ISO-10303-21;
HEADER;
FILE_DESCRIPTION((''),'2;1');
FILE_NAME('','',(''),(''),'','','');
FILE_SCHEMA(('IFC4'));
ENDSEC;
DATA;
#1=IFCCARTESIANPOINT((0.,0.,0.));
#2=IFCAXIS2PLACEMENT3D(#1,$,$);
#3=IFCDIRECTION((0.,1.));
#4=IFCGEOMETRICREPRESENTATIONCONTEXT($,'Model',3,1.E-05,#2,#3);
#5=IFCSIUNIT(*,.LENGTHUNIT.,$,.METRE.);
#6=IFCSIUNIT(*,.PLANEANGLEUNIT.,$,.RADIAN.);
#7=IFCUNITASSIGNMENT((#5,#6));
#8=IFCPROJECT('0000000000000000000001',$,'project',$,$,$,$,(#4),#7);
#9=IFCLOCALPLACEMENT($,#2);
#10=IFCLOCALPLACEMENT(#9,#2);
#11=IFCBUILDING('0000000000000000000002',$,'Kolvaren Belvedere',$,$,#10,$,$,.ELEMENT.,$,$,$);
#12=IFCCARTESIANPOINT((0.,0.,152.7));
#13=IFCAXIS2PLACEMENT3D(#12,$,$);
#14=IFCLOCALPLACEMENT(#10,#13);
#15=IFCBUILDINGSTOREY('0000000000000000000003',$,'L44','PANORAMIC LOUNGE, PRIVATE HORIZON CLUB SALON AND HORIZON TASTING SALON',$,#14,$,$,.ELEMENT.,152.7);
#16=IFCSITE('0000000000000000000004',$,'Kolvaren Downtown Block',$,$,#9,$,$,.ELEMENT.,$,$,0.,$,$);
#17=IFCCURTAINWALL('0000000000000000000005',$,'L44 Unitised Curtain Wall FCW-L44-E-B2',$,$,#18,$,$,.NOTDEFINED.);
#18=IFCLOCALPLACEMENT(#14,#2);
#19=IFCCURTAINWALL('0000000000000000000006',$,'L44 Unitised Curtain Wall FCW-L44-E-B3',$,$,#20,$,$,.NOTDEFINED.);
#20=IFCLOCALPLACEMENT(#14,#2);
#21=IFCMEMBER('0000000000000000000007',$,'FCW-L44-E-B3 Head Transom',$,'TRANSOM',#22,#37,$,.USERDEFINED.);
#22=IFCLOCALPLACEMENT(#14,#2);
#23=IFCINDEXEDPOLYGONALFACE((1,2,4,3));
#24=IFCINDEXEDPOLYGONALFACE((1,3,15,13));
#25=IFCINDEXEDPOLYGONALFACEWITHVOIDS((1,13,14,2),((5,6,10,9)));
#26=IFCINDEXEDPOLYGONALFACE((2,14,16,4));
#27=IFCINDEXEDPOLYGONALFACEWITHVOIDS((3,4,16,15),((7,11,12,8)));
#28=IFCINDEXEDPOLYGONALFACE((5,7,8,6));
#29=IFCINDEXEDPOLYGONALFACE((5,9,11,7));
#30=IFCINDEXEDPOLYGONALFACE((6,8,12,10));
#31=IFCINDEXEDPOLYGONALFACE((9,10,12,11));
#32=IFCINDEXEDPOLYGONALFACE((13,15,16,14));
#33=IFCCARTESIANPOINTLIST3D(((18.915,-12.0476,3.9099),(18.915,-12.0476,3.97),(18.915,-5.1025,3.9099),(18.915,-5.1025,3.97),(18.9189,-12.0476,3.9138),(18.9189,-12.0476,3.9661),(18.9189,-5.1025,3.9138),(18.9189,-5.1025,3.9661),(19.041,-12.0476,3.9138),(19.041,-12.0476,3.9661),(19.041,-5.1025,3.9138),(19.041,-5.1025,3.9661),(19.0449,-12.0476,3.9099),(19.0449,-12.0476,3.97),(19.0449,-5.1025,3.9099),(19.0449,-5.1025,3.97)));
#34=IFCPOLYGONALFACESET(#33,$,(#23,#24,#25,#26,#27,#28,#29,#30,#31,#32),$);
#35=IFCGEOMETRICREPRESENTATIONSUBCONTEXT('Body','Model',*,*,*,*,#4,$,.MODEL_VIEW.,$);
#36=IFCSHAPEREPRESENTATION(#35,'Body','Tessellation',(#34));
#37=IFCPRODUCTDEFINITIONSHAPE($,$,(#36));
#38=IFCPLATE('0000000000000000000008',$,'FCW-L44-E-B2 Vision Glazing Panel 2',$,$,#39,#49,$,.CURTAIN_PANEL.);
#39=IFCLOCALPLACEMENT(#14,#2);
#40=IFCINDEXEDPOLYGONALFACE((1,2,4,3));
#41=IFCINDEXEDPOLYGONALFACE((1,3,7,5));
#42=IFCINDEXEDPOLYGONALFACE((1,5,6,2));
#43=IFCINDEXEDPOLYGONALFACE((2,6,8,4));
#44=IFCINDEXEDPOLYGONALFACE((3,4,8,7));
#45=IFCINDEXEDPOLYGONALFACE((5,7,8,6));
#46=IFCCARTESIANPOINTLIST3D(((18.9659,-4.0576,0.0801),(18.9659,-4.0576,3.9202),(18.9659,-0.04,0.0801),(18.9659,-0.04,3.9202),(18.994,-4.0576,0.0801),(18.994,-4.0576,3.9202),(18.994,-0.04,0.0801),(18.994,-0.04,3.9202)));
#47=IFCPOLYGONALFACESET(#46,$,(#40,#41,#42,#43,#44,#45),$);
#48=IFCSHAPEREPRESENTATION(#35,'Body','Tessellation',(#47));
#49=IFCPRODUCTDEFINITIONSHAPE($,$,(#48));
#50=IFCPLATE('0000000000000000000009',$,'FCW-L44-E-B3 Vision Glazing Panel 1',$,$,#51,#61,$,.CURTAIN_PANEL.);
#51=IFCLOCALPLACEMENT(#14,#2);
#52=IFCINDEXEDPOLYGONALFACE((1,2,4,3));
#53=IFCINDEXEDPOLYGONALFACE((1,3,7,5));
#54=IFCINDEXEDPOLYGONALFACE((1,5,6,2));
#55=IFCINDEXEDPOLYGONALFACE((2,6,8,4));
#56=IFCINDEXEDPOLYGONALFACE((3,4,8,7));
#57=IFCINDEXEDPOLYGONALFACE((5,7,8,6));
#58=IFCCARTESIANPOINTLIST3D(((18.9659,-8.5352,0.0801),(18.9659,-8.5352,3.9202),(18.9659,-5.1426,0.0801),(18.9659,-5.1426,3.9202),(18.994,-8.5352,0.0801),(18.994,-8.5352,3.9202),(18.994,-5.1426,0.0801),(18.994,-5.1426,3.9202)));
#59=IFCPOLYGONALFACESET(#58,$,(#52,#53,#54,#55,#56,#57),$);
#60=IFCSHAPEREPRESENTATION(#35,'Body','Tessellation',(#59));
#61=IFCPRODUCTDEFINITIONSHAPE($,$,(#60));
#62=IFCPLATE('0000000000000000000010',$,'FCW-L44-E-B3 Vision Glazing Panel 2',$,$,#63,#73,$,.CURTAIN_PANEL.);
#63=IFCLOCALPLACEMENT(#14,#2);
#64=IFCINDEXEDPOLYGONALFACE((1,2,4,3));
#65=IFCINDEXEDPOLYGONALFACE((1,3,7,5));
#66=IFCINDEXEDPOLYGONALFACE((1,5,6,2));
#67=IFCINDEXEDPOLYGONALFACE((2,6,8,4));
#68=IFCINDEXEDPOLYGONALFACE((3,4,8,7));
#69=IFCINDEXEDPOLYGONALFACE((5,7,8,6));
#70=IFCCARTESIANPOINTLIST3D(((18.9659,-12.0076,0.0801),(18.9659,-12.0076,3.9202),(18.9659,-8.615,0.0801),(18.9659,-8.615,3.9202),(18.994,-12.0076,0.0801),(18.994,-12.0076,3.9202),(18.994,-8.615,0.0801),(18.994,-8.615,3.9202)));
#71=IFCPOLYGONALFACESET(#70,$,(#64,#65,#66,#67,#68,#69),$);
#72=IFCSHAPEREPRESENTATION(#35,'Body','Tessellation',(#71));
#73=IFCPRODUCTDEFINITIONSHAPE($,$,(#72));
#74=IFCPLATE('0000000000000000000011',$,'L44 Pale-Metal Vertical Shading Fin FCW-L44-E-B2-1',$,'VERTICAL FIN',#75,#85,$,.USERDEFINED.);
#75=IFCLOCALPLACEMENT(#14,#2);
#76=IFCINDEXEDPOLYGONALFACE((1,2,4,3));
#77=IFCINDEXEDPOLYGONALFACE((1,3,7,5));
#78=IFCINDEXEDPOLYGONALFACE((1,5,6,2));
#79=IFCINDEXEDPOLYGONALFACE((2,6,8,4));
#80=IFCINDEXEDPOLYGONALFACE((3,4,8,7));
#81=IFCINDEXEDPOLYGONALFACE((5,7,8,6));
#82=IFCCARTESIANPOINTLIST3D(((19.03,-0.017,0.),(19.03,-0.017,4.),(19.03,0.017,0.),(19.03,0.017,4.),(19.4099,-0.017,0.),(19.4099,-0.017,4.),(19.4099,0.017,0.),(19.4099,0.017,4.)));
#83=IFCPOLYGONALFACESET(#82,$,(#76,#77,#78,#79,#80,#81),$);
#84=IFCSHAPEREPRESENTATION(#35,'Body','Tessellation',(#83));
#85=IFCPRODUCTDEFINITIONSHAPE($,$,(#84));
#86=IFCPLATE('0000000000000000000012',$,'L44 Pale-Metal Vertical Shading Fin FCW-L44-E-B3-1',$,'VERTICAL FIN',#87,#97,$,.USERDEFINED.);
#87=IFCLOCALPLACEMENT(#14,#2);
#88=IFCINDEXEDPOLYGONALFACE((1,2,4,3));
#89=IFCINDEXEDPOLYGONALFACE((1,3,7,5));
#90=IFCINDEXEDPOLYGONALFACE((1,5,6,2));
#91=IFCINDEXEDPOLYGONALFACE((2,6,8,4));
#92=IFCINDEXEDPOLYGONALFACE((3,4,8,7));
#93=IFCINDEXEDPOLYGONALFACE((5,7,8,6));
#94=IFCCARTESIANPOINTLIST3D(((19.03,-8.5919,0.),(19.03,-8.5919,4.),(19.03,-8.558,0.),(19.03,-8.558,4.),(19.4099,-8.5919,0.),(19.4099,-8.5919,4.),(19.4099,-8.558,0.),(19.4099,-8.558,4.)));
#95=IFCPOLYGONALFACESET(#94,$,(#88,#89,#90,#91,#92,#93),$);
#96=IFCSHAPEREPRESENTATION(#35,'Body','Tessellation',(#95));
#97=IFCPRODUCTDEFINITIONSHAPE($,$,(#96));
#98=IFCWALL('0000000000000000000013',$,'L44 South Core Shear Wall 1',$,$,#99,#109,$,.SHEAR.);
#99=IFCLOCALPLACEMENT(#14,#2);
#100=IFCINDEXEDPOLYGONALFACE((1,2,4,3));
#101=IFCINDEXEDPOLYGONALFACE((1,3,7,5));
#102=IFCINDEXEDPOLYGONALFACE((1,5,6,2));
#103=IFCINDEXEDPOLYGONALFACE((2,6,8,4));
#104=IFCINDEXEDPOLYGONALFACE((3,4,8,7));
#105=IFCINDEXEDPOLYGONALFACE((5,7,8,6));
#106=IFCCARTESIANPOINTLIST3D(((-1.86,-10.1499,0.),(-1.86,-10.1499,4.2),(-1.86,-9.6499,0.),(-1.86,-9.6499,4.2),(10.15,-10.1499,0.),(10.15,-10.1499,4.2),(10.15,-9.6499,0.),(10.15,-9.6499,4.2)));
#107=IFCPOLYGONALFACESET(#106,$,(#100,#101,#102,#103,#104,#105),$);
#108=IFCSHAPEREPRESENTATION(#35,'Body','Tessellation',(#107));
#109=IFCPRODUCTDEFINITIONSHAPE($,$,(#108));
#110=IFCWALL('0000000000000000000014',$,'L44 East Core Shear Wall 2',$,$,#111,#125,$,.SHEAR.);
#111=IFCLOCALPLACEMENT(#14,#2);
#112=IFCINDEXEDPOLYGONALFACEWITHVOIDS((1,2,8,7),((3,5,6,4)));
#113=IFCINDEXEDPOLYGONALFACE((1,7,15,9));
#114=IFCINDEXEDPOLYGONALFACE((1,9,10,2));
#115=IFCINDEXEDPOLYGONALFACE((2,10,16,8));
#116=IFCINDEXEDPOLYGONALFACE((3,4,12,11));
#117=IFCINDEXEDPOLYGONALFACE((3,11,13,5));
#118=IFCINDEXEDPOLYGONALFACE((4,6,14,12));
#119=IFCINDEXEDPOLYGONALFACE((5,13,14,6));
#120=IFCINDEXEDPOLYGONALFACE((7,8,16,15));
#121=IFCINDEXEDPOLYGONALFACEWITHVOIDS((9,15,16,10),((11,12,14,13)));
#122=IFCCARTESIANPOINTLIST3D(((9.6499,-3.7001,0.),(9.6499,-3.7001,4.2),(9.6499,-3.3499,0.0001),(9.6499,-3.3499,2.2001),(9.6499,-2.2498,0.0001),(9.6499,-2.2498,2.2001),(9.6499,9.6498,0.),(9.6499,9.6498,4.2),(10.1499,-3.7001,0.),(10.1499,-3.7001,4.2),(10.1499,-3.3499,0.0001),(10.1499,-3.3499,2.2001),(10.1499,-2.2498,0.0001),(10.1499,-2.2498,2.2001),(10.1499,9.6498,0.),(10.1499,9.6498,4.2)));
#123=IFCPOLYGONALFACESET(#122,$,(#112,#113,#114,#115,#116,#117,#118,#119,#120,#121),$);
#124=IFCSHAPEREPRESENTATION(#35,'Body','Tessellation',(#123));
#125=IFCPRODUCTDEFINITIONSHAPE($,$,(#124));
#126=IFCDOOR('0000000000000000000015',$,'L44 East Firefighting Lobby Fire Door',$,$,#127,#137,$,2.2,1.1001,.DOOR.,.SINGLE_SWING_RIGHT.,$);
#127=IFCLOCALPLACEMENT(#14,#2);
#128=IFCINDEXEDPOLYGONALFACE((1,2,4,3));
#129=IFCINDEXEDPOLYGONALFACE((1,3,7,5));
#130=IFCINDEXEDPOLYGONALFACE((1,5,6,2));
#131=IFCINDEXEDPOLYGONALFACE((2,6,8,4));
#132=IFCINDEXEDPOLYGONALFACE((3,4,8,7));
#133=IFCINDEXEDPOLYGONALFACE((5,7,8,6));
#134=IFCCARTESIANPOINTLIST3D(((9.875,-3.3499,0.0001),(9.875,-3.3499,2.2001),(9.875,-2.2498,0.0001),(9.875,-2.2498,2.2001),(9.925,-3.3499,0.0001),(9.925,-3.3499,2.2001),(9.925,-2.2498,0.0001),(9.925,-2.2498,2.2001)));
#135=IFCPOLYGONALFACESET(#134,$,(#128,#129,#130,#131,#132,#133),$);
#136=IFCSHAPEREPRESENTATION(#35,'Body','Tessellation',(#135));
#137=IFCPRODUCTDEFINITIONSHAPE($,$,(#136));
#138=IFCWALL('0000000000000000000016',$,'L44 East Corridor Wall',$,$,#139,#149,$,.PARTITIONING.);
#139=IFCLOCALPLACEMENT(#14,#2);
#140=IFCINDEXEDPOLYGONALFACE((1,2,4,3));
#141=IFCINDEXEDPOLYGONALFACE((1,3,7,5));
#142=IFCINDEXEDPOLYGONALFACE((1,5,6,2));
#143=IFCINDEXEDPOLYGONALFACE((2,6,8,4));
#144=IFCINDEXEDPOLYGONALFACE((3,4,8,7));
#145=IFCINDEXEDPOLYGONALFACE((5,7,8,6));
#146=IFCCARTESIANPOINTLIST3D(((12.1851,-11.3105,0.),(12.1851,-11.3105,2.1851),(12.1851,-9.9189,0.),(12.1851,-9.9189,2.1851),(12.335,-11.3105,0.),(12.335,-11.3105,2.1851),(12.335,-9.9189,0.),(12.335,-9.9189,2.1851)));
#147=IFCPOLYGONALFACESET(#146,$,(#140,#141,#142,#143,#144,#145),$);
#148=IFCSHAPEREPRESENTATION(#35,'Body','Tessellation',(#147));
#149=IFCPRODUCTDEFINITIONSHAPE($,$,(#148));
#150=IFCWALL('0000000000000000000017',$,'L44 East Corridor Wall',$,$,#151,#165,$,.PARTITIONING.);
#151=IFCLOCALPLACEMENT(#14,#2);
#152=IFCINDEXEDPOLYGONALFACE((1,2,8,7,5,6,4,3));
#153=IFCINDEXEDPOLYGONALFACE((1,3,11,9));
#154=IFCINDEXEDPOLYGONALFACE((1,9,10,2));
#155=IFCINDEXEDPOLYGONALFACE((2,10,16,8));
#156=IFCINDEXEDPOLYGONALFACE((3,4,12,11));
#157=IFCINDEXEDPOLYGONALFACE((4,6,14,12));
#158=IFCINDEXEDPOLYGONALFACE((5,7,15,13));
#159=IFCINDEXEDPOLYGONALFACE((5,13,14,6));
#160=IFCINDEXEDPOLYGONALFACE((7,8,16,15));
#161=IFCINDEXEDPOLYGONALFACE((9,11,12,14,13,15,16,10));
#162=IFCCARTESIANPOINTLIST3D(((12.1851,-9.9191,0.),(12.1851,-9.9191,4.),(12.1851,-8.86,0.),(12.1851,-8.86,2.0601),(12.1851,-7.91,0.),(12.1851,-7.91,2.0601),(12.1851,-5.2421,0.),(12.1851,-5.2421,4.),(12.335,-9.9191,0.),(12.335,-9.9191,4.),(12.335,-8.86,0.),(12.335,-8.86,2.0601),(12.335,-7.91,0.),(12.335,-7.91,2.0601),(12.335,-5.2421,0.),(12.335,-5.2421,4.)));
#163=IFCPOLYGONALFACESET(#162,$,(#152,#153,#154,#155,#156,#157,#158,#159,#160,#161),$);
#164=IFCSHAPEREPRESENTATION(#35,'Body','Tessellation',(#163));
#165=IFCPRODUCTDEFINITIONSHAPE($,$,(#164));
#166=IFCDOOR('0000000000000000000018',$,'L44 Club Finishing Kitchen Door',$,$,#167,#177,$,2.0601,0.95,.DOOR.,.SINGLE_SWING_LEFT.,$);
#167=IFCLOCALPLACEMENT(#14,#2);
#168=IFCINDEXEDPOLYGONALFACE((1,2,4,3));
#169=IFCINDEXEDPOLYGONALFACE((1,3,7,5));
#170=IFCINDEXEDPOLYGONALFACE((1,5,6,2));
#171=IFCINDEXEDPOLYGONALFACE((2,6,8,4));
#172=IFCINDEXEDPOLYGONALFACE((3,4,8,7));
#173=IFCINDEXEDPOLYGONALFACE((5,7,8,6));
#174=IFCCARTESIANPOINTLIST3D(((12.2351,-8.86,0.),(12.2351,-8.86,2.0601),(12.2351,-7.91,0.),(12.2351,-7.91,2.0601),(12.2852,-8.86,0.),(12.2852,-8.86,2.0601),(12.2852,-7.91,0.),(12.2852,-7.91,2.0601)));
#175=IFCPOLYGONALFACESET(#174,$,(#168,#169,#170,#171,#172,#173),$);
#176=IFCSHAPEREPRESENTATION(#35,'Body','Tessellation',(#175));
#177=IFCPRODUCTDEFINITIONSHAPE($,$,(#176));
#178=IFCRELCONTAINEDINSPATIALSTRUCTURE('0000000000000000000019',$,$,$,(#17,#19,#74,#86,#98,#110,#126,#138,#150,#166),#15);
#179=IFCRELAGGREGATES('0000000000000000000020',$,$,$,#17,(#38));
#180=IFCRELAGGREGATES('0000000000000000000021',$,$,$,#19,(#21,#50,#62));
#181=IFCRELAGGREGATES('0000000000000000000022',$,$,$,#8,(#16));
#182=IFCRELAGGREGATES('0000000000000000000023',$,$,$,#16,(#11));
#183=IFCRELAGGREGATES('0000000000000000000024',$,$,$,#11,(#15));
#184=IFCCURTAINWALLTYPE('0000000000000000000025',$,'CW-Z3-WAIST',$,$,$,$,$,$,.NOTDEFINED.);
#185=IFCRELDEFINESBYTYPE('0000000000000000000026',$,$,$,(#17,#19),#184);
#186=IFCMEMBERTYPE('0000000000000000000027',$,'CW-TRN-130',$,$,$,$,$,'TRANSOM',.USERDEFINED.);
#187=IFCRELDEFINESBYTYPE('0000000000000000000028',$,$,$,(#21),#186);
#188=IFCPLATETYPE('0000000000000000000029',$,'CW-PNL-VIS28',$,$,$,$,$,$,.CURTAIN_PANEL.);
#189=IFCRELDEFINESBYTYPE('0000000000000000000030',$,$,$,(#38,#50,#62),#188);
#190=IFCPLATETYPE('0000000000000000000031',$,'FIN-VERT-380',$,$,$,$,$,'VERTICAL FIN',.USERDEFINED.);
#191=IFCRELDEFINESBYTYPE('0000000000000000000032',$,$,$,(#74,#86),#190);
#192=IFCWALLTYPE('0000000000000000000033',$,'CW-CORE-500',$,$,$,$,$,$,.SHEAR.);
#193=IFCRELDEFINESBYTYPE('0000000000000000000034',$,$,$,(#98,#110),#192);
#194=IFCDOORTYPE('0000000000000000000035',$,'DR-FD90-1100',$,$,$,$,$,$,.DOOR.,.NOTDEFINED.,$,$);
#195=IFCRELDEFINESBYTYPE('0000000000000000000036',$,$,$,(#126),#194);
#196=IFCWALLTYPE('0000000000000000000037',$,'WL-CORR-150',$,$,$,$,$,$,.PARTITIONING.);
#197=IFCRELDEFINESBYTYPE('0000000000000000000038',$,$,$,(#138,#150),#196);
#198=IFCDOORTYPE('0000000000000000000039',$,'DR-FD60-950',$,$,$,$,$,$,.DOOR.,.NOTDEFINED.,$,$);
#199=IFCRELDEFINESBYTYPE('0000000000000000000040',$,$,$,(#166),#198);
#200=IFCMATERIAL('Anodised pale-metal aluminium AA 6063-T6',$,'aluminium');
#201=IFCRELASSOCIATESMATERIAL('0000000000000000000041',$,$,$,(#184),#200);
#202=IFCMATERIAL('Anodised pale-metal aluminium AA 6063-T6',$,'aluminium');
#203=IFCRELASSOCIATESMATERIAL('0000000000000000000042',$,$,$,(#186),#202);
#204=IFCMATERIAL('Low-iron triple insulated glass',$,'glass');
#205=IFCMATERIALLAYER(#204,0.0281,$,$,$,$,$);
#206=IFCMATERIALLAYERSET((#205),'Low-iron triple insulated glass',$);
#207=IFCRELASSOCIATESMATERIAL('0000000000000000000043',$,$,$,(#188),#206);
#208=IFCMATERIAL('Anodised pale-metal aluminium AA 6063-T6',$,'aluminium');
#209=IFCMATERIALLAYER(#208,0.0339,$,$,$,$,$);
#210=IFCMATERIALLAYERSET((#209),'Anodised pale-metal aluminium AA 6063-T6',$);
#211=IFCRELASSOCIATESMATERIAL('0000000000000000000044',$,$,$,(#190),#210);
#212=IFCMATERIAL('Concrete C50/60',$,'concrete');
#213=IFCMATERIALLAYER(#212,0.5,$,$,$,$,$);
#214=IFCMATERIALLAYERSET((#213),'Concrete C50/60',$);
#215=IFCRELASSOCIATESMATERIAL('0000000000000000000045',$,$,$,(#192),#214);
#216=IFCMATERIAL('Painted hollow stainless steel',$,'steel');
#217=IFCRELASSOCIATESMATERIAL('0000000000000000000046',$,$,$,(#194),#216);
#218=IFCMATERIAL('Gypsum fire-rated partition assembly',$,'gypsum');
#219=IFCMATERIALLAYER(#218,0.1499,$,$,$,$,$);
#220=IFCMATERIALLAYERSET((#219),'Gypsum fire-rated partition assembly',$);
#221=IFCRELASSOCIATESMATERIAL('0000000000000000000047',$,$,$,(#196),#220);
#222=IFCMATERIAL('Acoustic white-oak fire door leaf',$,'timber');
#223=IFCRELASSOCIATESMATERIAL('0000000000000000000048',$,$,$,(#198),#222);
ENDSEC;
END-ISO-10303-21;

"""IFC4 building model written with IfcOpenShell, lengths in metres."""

from ifc_helpers import new_model, si_unit, direction, frame, frame_2d, origin, origin_2d, place, context, subcontext, project, spatial, rectangle, hollow_rectangle, extrude, material, layer, layer_set, material_profile, profile_set, type_object, element, fill, aggregate, save


model = new_model("IFC4")

# Units and contexts
model_context = context("Model", 3, precision=1e-05, world=origin(), true_north=direction((0.0, 1.0)))
body_context = subcontext(model_context, "Body", "Model", "MODEL_VIEW")
ifc_project = project(units=[si_unit("LENGTHUNIT", "METRE"), si_unit("PLANEANGLEUNIT", "RADIAN")], contexts=[model_context])

# Site, building, storey
site_placement = place(None, origin())
site = spatial("IfcSite", under=ifc_project, at=site_placement, Name="Kolvaren Downtown Block", CompositionType="ELEMENT", RefElevation=0.0)
building_placement = place(site_placement, origin())
building = spatial("IfcBuilding", under=site, at=building_placement, Name="Kolvaren Belvedere", CompositionType="ELEMENT")
storey_placement = place(building_placement, frame((0.0, 0.0, 152.7)))
storey = spatial("IfcBuildingStorey", under=building, at=storey_placement, Name="L44", Description="PANORAMIC LOUNGE, PRIVATE HORIZON CLUB SALON AND HORIZON TASTING SALON", CompositionType="ELEMENT", Elevation=152.7)

# Curtain walls, member
ifc_material_1 = material(Name="Anodised pale-metal aluminium AA 6063-T6", Category="aluminium")
curtain_wall_type = type_object("IfcCurtainWallType", Name="CW-Z3-WAIST", PredefinedType="NOTDEFINED", material=ifc_material_1)
curtain_wall_1_placement = place(storey_placement, origin())
curtain_wall_1 = element("IfcCurtainWall", 1, at=curtain_wall_1_placement, inside=storey, type_object=curtain_wall_type, Name="L44 Unitised Curtain Wall FCW-L44-E-B2", PredefinedType="NOTDEFINED")
curtain_wall_2_placement = place(storey_placement, origin())
curtain_wall_2 = element("IfcCurtainWall", 2, at=curtain_wall_2_placement, inside=storey, type_object=curtain_wall_type, Name="L44 Unitised Curtain Wall FCW-L44-E-B3", PredefinedType="NOTDEFINED")
ifc_material_2 = material(Name="Anodised pale-metal aluminium AA 6063-T6", Category="aluminium")
ifc_material_profile_1 = material_profile(ifc_material_2, hollow_rectangle(XDim=0.0601, YDim=0.1299, WallThickness=0.0039, at=origin_2d()), Name="ALU-TRN-130X60")
ifc_profile_set_1 = profile_set([ifc_material_profile_1], Name="Anodised pale-metal aluminium AA 6063-T6")
member_type_1 = type_object("IfcMemberType", Name="CW-TRN-130", ElementType="TRANSOM", PredefinedType="USERDEFINED", material=ifc_profile_set_1)
member_1_placement = place(storey_placement, frame((18.98, -5.1025, 3.9399), z_axis=(0.0, -1.0, 0.0), x_axis=(0.0, 0.0, 1.0)))
member_1 = element("IfcMember", 3, at=member_1_placement, type_object=member_type_1, Name="FCW-L44-E-B3 Head Transom", ObjectType="TRANSOM", PredefinedType="USERDEFINED", context=body_context, shape_type="SweptSolid", body=[
    extrude(hollow_rectangle(XDim=0.0601, YDim=0.1299, WallThickness=0.0039, at=origin_2d()), origin(), (0.0, 0.0, 1.0), 6.9451),
])

# Plates
ifc_material_3 = material(Name="Low-iron triple insulated glass", Category="glass")
ifc_layer_1 = layer(ifc_material_3, 0.0281)
ifc_layer_set_1 = layer_set([ifc_layer_1], Name="Low-iron triple insulated glass")
plate_type_1 = type_object("IfcPlateType", Name="CW-PNL-VIS28", PredefinedType="CURTAIN_PANEL", material=ifc_layer_set_1)
plate_1_placement = place(storey_placement, frame((18.98, -2.0488, 0.0801), z_axis=(0.0, 0.0, 1.0), x_axis=(0.0, -1.0, 0.0)))
plate_1 = element("IfcPlate", 4, at=plate_1_placement, type_object=plate_type_1, Name="FCW-L44-E-B2 Vision Glazing Panel 2", PredefinedType="CURTAIN_PANEL", context=body_context, shape_type="SweptSolid", body=[
    extrude(rectangle(XDim=4.0176, YDim=0.0281, at=origin_2d()), origin(), (0.0, 0.0, 1.0), 3.8401),
])
aggregate(curtain_wall_1, [plate_1])
plate_2_placement = place(storey_placement, frame((18.98, -6.8389, 0.0801), z_axis=(0.0, 0.0, 1.0), x_axis=(0.0, -1.0, 0.0)))
plate_2 = element("IfcPlate", 5, at=plate_2_placement, type_object=plate_type_1, Name="FCW-L44-E-B3 Vision Glazing Panel 1", PredefinedType="CURTAIN_PANEL", context=body_context, shape_type="SweptSolid", body=[
    extrude(rectangle(XDim=3.3926, YDim=0.0281, at=origin_2d()), origin(), (0.0, 0.0, 1.0), 3.8401),
])
plate_3_placement = place(storey_placement, frame((18.98, -10.3113, 0.0801), z_axis=(0.0, 0.0, 1.0), x_axis=(0.0, -1.0, 0.0)))
plate_3 = element("IfcPlate", 6, at=plate_3_placement, type_object=plate_type_1, Name="FCW-L44-E-B3 Vision Glazing Panel 2", PredefinedType="CURTAIN_PANEL", context=body_context, shape_type="SweptSolid", body=[
    extrude(rectangle(XDim=3.3926, YDim=0.0281, at=origin_2d()), origin(), (0.0, 0.0, 1.0), 3.8401),
])
aggregate(curtain_wall_2, [member_1, plate_2, plate_3])

# Plates
ifc_material_4 = material(Name="Anodised pale-metal aluminium AA 6063-T6", Category="aluminium")
ifc_layer_2 = layer(ifc_material_4, 0.0339)
ifc_layer_set_2 = layer_set([ifc_layer_2], Name="Anodised pale-metal aluminium AA 6063-T6")
plate_type_2 = type_object("IfcPlateType", Name="FIN-VERT-380", ElementType="VERTICAL FIN", PredefinedType="USERDEFINED", material=ifc_layer_set_2)
for number, where, z_axis, x_axis, name in (
    (7, (19.22, 0.0, 0.0), (0.0, 0.0, 1.0), (1.0, 0.0, 0.0), "L44 Pale-Metal Vertical Shading Fin FCW-L44-E-B2-1"),
    (8, (19.22, -8.575, 0.0), (0.0, 0.0, 1.0), (1.0, 0.0, 0.0), "L44 Pale-Metal Vertical Shading Fin FCW-L44-E-B3-1"),
):
    element("IfcPlate", number, at=place(storey_placement, frame(where, z_axis=z_axis, x_axis=x_axis)), inside=storey, type_object=plate_type_2, Name=name, ObjectType="VERTICAL FIN", PredefinedType="USERDEFINED", context=body_context, shape_type="SweptSolid", body=[
        extrude(rectangle(XDim=0.3799, YDim=0.0339, at=origin_2d()), origin(), (0.0, 0.0, 1.0), 4.0),
    ])

# Wall
ifc_material_5 = material(Name="Concrete C50/60", Category="concrete")
ifc_layer_3 = layer(ifc_material_5, 0.5)
ifc_layer_set_3 = layer_set([ifc_layer_3], Name="Concrete C50/60")
wall_type_1 = type_object("IfcWallType", Name="CW-CORE-500", PredefinedType="SHEAR", material=ifc_layer_set_3)
wall_1_placement = place(storey_placement, frame((10.1499, -9.8999, 0.0), z_axis=(0.0, 0.0, 1.0), x_axis=(-1.0, 0.0, 0.0)))
element("IfcWall", 9, at=wall_1_placement, inside=storey, type_object=wall_type_1, Name="L44 South Core Shear Wall 1", PredefinedType="SHEAR", context=body_context, shape_type="SweptSolid", body=[
    extrude(rectangle(XDim=12.01, YDim=0.5, at=frame_2d((6.0049, 0.0))), origin(), (0.0, 0.0, 1.0), 4.2),
])

# Wall, opening, door
wall_2_placement = place(storey_placement, frame((9.8999, -3.7, 0.0), z_axis=(0.0, 0.0, 1.0), x_axis=(0.0, 1.0, 0.0)))
wall_2 = element("IfcWall", 10, at=wall_2_placement, inside=storey, type_object=wall_type_1, Name="L44 East Core Shear Wall 2", PredefinedType="SHEAR", context=body_context, shape_type="SweptSolid", body=[
    extrude(rectangle(XDim=13.3499, YDim=0.5, at=frame_2d((6.6748, 0.0))), origin(), (0.0, 0.0, 1.0), 4.2),
])
opening_1_placement = place(wall_2_placement, frame((0.3501, 0.0, 0.0)))
opening_1 = element("IfcOpeningElement", 11, at=opening_1_placement, cuts=wall_2, PredefinedType="OPENING", context=body_context, shape_type="SweptSolid", body=[
    extrude(rectangle(XDim=1.1001, YDim=2.2, at=frame_2d((0.55, 1.1001))), frame((0.0, 0.26, 0.0), z_axis=(0.0, -1.0, 0.0), x_axis=(1.0, 0.0, 0.0)), (0.0, 0.0, 1.0), 0.52),
])
ifc_material_6 = material(Name="Painted hollow stainless steel", Category="steel")
door_type_1 = type_object("IfcDoorType", Name="DR-FD90-1100", OperationType="NOTDEFINED", PredefinedType="DOOR", material=ifc_material_6)
door_1_placement = place(opening_1_placement, origin())
door_1 = element("IfcDoor", 12, at=door_1_placement, inside=storey, type_object=door_type_1, Name="L44 East Firefighting Lobby Fire Door", OperationType="SINGLE_SWING_RIGHT", OverallHeight=2.2, OverallWidth=1.1001, PredefinedType="DOOR", context=body_context, shape_type="SweptSolid", body=[
    extrude(rectangle(XDim=1.1001, YDim=2.2, at=frame_2d((0.55, 1.1001))), frame((0.0, 0.0249, 0.0), z_axis=(0.0, -1.0, 0.0), x_axis=(1.0, 0.0, 0.0)), (0.0, 0.0, 1.0), 0.05),
])
fill(opening_1, door_1)

# Wall
ifc_material_7 = material(Name="Gypsum fire-rated partition assembly", Category="gypsum")
ifc_layer_4 = layer(ifc_material_7, 0.1499)
ifc_layer_set_4 = layer_set([ifc_layer_4], Name="Gypsum fire-rated partition assembly")
wall_type_2 = type_object("IfcWallType", Name="WL-CORR-150", PredefinedType="PARTITIONING", material=ifc_layer_set_4)
wall_3_placement = place(storey_placement, frame((12.26, -11.3105, 0.0), z_axis=(0.0, 0.0, 1.0), x_axis=(0.0, 1.0, 0.0)))
element("IfcWall", 13, at=wall_3_placement, inside=storey, type_object=wall_type_2, Name="L44 East Corridor Wall", PredefinedType="PARTITIONING", context=body_context, shape_type="SweptSolid", body=[
    extrude(rectangle(XDim=1.3916, YDim=0.1499, at=frame_2d((0.6958, 0.0))), origin(), (0.0, 0.0, 1.0), 2.1851),
])

# Wall, opening, door
wall_4_placement = place(storey_placement, frame((12.26, -9.9189, 0.0), z_axis=(0.0, 0.0, 1.0), x_axis=(0.0, 1.0, 0.0)))
wall_4 = element("IfcWall", 14, at=wall_4_placement, inside=storey, type_object=wall_type_2, Name="L44 East Corridor Wall", PredefinedType="PARTITIONING", context=body_context, shape_type="SweptSolid", body=[
    extrude(rectangle(XDim=4.677, YDim=0.1499, at=frame_2d((2.3384, 0.0))), origin(), (0.0, 0.0, 1.0), 4.0),
])
opening_2_placement = place(wall_4_placement, frame((1.0588, 0.0, 0.0)))
opening_2 = element("IfcOpeningElement", 15, at=opening_2_placement, cuts=wall_4, PredefinedType="OPENING", context=body_context, shape_type="SweptSolid", body=[
    extrude(rectangle(XDim=0.95, YDim=2.0601, at=frame_2d((0.4751, 1.03))), frame((0.0, 0.085, 0.0), z_axis=(0.0, -1.0, 0.0), x_axis=(1.0, 0.0, 0.0)), (0.0, 0.0, 1.0), 0.1699),
])
ifc_material_8 = material(Name="Acoustic white-oak fire door leaf", Category="timber")
door_type_2 = type_object("IfcDoorType", Name="DR-FD60-950", OperationType="NOTDEFINED", PredefinedType="DOOR", material=ifc_material_8)
door_2_placement = place(opening_2_placement, origin())
door_2 = element("IfcDoor", 16, at=door_2_placement, inside=storey, type_object=door_type_2, Name="L44 Club Finishing Kitchen Door", OperationType="SINGLE_SWING_LEFT", OverallHeight=2.0601, OverallWidth=0.95, PredefinedType="DOOR", context=body_context, shape_type="SweptSolid", body=[
    extrude(rectangle(XDim=0.95, YDim=2.0601, at=frame_2d((0.4751, 1.03))), frame((0.0, 0.0249, 0.0), z_axis=(0.0, -1.0, 0.0), x_axis=(1.0, 0.0, 0.0)), (0.0, 0.0, 1.0), 0.05),
])
fill(opening_2, door_2)

save(model, "model.ifc")
